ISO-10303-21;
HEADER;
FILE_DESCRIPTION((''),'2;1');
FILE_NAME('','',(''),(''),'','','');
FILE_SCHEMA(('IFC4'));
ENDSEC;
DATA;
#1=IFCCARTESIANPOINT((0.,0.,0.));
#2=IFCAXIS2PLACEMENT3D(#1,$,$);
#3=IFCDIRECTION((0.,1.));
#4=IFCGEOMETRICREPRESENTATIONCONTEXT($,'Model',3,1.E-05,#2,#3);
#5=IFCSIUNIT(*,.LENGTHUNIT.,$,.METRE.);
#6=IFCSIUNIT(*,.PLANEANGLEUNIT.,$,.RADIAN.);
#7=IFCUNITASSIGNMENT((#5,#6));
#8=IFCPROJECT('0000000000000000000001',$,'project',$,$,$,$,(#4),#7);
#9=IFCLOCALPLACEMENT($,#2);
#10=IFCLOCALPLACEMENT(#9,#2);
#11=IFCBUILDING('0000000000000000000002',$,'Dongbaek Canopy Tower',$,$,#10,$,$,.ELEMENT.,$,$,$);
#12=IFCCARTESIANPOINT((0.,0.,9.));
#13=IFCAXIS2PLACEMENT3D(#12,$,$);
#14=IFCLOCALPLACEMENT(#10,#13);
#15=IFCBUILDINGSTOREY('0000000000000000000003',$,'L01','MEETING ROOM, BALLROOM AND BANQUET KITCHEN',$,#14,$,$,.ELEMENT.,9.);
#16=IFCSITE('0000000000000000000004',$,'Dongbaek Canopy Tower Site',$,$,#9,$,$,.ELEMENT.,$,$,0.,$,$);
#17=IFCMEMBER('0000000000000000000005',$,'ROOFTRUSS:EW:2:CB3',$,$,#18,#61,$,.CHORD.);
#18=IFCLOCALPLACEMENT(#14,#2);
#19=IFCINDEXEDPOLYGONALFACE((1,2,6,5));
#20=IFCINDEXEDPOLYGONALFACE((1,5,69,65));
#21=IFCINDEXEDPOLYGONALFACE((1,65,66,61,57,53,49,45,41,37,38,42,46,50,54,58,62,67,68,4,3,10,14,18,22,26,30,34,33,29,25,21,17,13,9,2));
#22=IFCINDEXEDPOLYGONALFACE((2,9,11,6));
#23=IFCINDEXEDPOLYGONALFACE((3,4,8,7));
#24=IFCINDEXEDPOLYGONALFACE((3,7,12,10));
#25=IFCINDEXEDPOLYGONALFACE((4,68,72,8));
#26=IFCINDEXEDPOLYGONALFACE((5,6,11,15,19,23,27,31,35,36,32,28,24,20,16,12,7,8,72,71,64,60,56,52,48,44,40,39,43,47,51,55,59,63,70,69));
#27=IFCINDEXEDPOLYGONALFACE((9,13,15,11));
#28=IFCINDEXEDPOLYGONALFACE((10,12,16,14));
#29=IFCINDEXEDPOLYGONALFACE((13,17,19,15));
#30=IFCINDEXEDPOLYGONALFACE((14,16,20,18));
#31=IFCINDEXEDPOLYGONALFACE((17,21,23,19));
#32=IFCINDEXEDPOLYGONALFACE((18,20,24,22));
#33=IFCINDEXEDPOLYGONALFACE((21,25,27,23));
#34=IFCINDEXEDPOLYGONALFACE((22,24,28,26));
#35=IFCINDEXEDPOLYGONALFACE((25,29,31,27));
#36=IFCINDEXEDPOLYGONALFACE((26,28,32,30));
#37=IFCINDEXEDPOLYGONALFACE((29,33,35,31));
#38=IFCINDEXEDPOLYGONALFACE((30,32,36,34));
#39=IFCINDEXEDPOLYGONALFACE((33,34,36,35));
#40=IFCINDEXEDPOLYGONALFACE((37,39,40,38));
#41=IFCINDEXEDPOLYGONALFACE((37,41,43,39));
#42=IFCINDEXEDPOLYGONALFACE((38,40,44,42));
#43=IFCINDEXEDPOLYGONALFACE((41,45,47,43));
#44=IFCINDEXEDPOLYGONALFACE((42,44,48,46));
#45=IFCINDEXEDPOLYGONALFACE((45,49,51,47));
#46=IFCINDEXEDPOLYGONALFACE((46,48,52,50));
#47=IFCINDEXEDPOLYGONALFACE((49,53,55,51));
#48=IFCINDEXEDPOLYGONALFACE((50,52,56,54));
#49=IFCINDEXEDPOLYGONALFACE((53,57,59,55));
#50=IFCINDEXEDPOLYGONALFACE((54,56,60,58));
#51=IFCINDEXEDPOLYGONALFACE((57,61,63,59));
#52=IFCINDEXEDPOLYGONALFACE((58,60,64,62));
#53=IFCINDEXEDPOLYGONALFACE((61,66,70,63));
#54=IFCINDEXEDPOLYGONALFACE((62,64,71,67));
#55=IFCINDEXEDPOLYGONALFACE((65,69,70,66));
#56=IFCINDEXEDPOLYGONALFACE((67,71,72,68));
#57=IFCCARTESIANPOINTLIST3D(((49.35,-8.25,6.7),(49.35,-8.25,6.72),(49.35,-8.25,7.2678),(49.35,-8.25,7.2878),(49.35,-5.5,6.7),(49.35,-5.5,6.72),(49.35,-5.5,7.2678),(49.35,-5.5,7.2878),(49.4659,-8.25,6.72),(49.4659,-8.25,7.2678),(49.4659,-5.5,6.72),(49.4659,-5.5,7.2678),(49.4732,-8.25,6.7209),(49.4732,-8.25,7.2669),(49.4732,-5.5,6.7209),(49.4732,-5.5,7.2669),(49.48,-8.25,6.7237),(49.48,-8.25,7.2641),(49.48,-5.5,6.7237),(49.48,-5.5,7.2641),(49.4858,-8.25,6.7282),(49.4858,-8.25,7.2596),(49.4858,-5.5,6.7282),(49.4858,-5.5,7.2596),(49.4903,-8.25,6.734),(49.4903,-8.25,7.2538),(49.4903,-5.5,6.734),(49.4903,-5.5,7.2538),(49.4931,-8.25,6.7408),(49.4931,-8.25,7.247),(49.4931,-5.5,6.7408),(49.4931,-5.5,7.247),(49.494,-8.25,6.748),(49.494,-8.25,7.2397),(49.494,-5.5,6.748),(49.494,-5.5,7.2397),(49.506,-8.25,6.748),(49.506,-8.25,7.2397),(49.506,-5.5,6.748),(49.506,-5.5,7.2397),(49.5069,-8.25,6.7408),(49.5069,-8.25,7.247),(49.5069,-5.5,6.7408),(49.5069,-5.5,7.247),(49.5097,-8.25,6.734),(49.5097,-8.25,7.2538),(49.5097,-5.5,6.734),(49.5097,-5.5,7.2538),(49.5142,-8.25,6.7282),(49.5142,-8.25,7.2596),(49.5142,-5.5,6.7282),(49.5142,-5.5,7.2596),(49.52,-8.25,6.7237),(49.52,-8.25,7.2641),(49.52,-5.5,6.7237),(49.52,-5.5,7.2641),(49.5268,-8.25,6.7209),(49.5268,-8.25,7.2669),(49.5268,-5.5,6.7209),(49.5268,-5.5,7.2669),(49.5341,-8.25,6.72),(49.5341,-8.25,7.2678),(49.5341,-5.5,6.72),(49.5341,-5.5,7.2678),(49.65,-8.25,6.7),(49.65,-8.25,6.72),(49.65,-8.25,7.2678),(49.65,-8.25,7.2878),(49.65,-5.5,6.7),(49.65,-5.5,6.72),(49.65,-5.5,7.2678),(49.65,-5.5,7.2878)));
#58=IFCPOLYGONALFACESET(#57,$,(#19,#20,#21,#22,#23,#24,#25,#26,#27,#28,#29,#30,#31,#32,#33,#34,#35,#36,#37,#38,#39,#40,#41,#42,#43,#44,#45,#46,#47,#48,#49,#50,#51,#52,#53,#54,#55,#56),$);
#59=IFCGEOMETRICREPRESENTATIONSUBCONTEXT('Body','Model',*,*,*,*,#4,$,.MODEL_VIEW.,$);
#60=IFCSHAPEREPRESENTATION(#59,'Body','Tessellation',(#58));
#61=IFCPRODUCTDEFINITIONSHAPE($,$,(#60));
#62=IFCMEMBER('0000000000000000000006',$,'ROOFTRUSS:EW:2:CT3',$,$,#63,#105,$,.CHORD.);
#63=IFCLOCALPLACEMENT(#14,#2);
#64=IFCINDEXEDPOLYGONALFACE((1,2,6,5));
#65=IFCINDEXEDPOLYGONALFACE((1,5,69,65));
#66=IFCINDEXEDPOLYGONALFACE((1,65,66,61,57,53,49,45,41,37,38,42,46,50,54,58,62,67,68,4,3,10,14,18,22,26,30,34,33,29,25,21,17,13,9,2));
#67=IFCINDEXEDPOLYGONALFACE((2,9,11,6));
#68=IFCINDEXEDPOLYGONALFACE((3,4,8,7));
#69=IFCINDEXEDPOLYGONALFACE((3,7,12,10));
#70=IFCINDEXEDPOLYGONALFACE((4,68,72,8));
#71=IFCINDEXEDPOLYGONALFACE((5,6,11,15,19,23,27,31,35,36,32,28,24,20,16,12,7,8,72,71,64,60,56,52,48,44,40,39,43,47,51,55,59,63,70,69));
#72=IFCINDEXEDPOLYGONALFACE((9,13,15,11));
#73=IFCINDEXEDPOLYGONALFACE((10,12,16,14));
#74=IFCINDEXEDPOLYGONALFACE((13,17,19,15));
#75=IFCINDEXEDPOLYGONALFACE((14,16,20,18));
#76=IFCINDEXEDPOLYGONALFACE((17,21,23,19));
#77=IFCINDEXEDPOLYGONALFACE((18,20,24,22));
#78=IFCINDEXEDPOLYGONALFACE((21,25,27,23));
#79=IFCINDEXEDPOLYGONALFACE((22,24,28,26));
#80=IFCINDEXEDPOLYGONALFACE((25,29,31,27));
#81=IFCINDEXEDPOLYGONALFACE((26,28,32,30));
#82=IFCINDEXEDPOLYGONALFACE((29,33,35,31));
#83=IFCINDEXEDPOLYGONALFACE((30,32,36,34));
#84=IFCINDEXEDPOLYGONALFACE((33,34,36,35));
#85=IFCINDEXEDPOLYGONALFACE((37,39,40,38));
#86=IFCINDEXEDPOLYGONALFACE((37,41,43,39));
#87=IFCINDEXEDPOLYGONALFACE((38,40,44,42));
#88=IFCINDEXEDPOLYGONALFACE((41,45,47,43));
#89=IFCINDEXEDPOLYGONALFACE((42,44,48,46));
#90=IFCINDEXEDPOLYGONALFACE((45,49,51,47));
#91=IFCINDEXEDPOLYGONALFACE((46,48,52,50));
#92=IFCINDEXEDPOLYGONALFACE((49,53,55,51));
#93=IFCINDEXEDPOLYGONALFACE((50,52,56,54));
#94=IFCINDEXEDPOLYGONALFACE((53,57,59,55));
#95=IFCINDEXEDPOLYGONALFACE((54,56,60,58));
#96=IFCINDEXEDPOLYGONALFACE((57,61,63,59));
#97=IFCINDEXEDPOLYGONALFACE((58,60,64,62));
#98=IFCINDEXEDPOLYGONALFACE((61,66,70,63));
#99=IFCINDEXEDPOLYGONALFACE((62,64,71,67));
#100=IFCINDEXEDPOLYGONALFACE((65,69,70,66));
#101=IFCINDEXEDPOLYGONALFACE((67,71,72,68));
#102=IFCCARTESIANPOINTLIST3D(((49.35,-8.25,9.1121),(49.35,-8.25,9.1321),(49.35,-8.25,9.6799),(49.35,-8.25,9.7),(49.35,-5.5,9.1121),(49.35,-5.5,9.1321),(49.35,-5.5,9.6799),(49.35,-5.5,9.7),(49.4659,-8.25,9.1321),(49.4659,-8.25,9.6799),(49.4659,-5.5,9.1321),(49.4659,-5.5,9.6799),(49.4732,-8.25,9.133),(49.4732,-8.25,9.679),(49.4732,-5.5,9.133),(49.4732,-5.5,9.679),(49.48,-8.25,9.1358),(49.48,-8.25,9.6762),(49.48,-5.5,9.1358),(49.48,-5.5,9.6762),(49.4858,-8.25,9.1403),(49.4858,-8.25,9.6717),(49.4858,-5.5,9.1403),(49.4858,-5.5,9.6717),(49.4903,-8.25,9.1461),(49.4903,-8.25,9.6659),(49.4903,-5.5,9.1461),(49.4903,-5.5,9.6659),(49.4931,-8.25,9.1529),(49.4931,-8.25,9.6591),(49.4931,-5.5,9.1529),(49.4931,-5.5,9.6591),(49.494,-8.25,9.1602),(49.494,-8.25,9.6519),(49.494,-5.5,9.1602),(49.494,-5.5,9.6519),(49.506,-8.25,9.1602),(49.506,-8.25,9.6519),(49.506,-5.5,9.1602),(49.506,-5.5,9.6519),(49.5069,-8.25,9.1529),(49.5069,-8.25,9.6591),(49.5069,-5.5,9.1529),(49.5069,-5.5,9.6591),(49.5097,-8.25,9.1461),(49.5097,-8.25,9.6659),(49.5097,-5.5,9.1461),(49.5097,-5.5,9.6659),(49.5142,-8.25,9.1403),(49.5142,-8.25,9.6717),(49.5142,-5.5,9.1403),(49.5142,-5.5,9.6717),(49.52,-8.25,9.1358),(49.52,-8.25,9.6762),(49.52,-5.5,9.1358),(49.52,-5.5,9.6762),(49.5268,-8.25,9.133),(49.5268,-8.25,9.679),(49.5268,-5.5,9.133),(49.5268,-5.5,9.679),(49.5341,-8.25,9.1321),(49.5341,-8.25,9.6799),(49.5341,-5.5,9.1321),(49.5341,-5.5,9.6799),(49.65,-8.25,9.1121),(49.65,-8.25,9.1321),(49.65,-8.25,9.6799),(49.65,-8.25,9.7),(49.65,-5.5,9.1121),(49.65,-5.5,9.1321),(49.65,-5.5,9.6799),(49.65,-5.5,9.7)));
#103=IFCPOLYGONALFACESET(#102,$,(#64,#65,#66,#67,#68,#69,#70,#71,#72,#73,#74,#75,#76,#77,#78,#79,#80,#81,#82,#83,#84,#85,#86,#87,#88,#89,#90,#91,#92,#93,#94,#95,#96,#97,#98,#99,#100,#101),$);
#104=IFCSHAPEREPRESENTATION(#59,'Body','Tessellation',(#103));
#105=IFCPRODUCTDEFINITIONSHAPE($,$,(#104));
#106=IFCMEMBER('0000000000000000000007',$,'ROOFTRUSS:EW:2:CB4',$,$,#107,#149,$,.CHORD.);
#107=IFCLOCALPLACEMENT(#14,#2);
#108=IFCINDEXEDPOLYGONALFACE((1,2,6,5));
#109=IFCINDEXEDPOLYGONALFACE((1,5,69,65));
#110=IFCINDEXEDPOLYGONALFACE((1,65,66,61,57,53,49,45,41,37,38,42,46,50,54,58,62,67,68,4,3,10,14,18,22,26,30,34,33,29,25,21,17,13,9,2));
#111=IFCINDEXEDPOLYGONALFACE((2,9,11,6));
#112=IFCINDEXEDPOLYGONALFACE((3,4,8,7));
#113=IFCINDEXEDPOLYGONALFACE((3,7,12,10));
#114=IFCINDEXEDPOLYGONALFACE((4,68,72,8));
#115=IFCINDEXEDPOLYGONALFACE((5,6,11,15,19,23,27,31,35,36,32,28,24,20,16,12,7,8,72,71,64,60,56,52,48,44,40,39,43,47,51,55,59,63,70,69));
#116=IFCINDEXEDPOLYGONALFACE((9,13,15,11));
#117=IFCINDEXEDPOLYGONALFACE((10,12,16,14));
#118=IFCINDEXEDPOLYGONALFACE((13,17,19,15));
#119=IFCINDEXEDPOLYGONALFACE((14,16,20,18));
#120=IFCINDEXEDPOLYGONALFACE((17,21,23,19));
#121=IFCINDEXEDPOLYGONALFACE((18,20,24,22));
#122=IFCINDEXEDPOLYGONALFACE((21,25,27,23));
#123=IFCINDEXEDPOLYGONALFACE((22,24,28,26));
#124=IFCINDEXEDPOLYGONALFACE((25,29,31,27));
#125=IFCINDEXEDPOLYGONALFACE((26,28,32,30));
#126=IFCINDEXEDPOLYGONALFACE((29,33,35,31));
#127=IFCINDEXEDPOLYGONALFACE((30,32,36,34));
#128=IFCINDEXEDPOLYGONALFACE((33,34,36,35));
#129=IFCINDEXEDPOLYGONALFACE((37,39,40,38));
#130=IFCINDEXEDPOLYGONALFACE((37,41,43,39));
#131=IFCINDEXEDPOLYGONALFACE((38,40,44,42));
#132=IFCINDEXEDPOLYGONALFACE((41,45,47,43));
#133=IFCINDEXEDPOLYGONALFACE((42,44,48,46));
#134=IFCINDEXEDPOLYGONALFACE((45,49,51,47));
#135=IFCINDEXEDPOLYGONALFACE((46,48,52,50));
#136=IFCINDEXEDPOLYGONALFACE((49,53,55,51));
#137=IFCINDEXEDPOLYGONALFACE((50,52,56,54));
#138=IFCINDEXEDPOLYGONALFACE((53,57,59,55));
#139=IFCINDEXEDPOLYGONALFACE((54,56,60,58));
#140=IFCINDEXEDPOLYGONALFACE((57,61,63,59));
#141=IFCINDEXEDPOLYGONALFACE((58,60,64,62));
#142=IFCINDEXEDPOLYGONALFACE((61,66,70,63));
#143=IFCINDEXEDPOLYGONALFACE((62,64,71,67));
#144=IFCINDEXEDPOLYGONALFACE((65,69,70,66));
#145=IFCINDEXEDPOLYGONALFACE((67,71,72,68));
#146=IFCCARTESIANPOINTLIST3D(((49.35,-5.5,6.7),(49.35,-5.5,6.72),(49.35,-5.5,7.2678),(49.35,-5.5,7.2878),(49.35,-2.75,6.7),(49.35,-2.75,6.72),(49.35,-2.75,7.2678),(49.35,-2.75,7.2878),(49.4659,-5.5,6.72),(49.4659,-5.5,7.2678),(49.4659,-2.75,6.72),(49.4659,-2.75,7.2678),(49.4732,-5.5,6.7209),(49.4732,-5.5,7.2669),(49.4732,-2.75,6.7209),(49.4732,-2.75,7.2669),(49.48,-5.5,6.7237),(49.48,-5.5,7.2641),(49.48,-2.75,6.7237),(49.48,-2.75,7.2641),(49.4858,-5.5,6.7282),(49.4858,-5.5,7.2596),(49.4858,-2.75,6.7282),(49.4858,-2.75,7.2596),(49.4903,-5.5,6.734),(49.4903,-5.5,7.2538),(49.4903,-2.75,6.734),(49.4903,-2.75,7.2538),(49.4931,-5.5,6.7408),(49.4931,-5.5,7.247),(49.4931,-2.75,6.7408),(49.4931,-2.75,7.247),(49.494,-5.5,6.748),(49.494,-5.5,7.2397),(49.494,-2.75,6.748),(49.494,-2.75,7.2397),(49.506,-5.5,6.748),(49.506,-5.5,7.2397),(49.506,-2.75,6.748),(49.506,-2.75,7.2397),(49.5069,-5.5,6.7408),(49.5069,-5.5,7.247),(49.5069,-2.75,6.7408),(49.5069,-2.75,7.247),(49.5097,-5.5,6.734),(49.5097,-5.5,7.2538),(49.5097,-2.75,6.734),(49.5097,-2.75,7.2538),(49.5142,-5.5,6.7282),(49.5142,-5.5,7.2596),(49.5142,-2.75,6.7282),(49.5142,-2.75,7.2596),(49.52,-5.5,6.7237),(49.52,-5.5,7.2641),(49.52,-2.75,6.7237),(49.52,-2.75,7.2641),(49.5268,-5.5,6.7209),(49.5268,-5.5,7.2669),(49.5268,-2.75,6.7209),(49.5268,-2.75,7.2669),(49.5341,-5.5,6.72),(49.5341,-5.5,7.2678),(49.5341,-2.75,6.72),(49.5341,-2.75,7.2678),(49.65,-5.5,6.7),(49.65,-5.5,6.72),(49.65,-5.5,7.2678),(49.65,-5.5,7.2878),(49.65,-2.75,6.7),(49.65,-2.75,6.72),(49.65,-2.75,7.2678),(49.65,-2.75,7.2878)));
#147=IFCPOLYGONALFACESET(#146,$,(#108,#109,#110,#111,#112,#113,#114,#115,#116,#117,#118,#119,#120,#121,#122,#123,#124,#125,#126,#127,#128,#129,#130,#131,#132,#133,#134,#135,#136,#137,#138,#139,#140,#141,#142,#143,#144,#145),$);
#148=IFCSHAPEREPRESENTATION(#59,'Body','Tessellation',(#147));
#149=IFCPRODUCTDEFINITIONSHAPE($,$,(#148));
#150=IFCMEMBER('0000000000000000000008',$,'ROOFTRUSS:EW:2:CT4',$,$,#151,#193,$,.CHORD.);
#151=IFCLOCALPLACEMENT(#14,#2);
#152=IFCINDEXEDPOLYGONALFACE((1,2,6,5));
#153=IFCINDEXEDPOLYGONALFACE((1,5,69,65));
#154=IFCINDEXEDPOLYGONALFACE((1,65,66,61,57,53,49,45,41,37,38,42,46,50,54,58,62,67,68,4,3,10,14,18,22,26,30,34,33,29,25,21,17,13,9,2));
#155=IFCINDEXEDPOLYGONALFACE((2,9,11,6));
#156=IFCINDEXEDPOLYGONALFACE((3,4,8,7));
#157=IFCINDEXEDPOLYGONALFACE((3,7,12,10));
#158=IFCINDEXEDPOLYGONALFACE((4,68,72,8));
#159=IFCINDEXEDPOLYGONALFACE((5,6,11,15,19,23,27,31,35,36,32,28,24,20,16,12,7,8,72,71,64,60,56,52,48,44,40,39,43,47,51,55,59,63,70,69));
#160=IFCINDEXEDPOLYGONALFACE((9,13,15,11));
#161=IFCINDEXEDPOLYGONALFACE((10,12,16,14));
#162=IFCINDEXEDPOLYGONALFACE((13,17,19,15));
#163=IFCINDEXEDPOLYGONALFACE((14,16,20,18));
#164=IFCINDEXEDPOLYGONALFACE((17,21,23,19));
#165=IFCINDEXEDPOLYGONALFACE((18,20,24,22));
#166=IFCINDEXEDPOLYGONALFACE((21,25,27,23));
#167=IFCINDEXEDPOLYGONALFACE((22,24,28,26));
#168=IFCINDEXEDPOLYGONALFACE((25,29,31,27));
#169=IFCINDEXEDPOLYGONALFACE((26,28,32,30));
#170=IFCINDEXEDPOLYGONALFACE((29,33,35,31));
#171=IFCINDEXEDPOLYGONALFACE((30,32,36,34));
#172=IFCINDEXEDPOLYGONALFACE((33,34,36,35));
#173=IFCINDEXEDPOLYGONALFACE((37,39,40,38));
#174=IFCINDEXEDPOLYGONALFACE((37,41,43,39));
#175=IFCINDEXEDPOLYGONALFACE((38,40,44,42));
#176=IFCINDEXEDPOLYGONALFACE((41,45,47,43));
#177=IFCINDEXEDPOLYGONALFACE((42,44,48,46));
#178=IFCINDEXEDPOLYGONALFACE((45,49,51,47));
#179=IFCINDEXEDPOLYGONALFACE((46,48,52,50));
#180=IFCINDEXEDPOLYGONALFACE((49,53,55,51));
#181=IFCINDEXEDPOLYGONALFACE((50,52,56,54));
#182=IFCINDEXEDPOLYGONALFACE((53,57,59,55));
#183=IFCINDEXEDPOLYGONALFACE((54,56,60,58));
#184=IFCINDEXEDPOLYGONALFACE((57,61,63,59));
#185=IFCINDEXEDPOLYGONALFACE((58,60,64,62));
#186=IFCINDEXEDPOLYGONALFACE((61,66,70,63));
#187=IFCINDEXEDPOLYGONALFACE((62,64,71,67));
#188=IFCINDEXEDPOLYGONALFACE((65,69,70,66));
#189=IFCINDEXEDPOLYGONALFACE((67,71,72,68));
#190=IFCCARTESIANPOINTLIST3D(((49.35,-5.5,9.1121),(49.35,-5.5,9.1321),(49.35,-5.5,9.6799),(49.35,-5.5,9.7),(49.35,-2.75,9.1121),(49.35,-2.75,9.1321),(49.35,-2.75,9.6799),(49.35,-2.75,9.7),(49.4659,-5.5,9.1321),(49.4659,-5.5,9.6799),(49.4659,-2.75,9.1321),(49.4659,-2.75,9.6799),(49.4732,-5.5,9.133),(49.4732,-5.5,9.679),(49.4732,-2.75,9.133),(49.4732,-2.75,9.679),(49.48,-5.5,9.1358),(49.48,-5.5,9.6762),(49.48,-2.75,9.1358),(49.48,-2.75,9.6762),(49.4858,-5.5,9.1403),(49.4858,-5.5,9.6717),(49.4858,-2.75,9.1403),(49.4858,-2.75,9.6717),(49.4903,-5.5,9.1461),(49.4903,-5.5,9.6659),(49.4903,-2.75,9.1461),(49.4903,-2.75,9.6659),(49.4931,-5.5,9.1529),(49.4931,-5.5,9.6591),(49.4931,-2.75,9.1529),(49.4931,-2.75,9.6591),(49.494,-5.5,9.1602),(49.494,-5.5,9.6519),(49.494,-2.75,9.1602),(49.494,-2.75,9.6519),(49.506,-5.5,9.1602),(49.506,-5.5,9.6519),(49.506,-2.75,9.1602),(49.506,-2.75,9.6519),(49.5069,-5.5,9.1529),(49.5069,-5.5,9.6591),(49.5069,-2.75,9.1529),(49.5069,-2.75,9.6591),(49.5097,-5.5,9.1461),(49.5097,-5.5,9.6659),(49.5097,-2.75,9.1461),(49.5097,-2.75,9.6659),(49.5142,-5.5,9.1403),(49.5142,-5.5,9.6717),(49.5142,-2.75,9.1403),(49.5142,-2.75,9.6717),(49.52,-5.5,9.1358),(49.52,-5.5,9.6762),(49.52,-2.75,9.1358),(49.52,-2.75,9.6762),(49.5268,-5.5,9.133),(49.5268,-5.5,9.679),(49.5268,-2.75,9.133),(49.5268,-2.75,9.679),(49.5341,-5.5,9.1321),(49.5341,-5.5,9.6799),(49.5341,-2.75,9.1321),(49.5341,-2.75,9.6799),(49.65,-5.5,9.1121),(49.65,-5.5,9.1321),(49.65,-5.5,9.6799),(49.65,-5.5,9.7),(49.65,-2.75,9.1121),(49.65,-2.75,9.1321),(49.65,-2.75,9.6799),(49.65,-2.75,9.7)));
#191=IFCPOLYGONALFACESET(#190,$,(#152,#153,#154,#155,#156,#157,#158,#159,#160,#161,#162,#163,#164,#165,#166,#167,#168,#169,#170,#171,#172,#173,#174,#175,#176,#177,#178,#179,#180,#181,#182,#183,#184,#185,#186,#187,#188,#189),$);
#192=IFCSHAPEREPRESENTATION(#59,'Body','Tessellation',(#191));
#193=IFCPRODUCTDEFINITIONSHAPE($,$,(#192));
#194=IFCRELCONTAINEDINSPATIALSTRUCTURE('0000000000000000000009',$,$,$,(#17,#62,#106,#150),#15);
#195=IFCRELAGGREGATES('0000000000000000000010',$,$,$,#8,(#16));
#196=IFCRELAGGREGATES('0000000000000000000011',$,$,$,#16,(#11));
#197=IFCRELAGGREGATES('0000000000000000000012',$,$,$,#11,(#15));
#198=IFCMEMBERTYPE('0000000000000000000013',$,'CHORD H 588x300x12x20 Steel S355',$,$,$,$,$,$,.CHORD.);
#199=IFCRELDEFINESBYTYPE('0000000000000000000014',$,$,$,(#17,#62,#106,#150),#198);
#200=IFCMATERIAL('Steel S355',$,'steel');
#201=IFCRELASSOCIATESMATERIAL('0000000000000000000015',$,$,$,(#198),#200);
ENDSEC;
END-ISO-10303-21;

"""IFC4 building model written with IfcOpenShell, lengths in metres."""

from ifc_helpers import new_model, si_unit, direction, frame, origin, origin_2d, place, context, subcontext, project, spatial, i_section, extrude, material, material_profile, profile_set, type_object, element, save


model = new_model("IFC4")

# Units and contexts
model_context = context("Model", 3, precision=1e-05, world=origin(), true_north=direction((0.0, 1.0)))
body_context = subcontext(model_context, "Body", "Model", "MODEL_VIEW")
ifc_project = project(units=[si_unit("LENGTHUNIT", "METRE"), si_unit("PLANEANGLEUNIT", "RADIAN")], contexts=[model_context])

# Site, building, storey
site_placement = place(None, origin())
site = spatial("IfcSite", under=ifc_project, at=site_placement, Name="Dongbaek Canopy Tower Site", CompositionType="ELEMENT", RefElevation=0.0)
building_placement = place(site_placement, origin())
building = spatial("IfcBuilding", under=site, at=building_placement, Name="Dongbaek Canopy Tower", CompositionType="ELEMENT")
storey_placement = place(building_placement, frame((0.0, 0.0, 9.0)))
storey = spatial("IfcBuildingStorey", under=building, at=storey_placement, Name="L01", Description="MEETING ROOM, BALLROOM AND BANQUET KITCHEN", CompositionType="ELEMENT", Elevation=9.0)

# Members
ifc_material_1 = material(Name="Steel S355", Category="steel")
ifc_material_profile_1 = material_profile(ifc_material_1, i_section(OverallWidth=0.3, OverallDepth=0.5879, WebThickness=0.012, FlangeThickness=0.02, FilletRadius=0.0281, at=origin_2d()), Name="CHORD H 588x300x12x20 Steel S355")
ifc_profile_set_1 = profile_set([ifc_material_profile_1], Name="Steel S355")
member_type_1 = type_object("IfcMemberType", Name="CHORD H 588x300x12x20 Steel S355", PredefinedType="CHORD", material=ifc_profile_set_1)
for number, where, z_axis, x_axis, name in (
    (1, (49.5, -8.25, 6.9939), (0.0, 1.0, 0.0), (-1.0, 0.0, 0.0), "ROOFTRUSS:EW:2:CB3"),
    (2, (49.5, -8.25, 9.406), (0.0, 1.0, 0.0), (-1.0, 0.0, 0.0), "ROOFTRUSS:EW:2:CT3"),
    (3, (49.5, -5.5, 6.9939), (0.0, 1.0, 0.0), (-1.0, 0.0, 0.0), "ROOFTRUSS:EW:2:CB4"),
    (4, (49.5, -5.5, 9.406), (0.0, 1.0, 0.0), (-1.0, 0.0, 0.0), "ROOFTRUSS:EW:2:CT4"),
):
    element("IfcMember", number, at=place(storey_placement, frame(where, z_axis=z_axis, x_axis=x_axis)), inside=storey, type_object=member_type_1, Name=name, PredefinedType="CHORD", context=body_context, shape_type="SweptSolid", body=[
        extrude(i_section(OverallWidth=0.3, OverallDepth=0.5879, WebThickness=0.012, FlangeThickness=0.02, FilletRadius=0.0281, at=origin_2d()), origin(), (0.0, 0.0, 1.0), 2.75),
    ])

save(model, "model.ifc")
